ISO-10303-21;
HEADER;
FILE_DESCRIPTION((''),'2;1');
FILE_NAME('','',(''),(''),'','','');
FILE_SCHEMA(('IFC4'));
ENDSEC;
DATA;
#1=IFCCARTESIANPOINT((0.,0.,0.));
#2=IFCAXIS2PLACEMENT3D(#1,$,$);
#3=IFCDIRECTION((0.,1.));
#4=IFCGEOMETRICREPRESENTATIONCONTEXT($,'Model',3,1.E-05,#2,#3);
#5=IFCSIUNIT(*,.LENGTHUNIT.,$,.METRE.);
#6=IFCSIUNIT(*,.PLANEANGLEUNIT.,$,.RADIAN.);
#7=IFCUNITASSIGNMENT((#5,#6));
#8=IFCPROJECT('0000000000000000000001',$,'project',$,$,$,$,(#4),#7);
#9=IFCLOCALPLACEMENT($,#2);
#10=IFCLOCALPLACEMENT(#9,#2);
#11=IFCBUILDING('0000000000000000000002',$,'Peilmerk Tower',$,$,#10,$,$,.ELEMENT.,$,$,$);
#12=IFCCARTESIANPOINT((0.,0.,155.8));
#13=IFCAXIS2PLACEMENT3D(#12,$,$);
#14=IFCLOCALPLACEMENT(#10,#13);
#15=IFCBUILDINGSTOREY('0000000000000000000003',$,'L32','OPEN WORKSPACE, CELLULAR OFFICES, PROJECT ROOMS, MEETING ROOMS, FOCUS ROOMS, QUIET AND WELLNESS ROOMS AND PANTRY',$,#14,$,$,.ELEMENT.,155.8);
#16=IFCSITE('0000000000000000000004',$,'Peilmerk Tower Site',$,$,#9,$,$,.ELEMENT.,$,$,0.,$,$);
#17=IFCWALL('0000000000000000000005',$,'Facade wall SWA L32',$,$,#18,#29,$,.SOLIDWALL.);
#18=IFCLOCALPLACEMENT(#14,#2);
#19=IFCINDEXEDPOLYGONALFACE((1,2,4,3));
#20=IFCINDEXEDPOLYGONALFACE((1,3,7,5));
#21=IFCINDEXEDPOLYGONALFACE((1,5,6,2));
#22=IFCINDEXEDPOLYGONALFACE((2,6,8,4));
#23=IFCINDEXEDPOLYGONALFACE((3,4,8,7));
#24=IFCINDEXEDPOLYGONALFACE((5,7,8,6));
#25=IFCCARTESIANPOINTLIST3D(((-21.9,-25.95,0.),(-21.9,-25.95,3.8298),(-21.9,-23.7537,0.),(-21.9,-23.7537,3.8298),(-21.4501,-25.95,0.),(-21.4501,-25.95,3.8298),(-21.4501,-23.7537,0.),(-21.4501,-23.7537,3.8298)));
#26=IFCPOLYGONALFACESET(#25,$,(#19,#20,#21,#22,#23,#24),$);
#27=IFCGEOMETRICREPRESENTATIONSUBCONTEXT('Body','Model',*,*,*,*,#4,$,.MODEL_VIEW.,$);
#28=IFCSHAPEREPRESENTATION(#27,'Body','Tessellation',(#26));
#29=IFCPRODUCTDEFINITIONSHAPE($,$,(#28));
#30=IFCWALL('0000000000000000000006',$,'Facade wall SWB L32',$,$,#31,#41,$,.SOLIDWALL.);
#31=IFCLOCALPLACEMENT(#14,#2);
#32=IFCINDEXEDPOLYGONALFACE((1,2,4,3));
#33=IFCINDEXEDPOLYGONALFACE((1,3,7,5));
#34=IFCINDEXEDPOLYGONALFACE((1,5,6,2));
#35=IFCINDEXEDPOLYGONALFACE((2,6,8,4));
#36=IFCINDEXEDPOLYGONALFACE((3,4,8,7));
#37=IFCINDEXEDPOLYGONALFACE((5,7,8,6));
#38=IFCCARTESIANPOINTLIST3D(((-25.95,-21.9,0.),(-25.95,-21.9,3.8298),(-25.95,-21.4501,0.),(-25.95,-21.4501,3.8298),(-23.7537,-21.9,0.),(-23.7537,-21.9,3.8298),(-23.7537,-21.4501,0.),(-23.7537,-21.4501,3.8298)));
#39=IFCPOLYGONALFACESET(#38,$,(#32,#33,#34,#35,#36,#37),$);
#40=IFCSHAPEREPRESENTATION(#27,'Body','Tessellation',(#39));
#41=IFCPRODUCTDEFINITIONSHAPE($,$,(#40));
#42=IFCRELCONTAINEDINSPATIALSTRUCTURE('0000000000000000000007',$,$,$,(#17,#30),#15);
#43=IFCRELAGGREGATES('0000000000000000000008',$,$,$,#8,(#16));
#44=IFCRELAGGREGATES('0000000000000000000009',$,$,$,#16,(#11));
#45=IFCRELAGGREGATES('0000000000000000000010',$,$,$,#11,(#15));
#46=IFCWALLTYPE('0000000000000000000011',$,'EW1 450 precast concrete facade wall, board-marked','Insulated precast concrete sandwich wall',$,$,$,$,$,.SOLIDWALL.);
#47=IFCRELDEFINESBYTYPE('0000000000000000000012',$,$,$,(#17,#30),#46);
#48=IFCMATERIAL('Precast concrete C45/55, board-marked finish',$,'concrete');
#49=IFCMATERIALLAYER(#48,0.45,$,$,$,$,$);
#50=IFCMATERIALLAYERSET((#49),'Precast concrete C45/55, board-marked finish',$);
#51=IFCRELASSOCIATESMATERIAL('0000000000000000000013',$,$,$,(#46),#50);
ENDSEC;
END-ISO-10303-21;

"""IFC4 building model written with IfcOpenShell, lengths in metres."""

from ifc_helpers import new_model, si_unit, direction, frame, frame_2d, origin, place, context, subcontext, project, spatial, rectangle, extrude, material, layer, layer_set, type_object, element, save


model = new_model("IFC4")

# Units and contexts
model_context = context("Model", 3, precision=1e-05, world=origin(), true_north=direction((0.0, 1.0)))
body_context = subcontext(model_context, "Body", "Model", "MODEL_VIEW")
ifc_project = project(units=[si_unit("LENGTHUNIT", "METRE"), si_unit("PLANEANGLEUNIT", "RADIAN")], contexts=[model_context])

# Site, building, storey
site_placement = place(None, origin())
site = spatial("IfcSite", under=ifc_project, at=site_placement, Name="Peilmerk Tower Site", CompositionType="ELEMENT", RefElevation=0.0)
building_placement = place(site_placement, origin())
building = spatial("IfcBuilding", under=site, at=building_placement, Name="Peilmerk Tower", CompositionType="ELEMENT")
storey_placement = place(building_placement, frame((0.0, 0.0, 155.8)))
storey = spatial("IfcBuildingStorey", under=building, at=storey_placement, Name="L32", Description="OPEN WORKSPACE, CELLULAR OFFICES, PROJECT ROOMS, MEETING ROOMS, FOCUS ROOMS, QUIET AND WELLNESS ROOMS AND PANTRY", CompositionType="ELEMENT", Elevation=155.8)

# Shared definitions
ifc_material_1 = material(Name="Precast concrete C45/55, board-marked finish", Category="concrete")
ifc_layer_1 = layer(ifc_material_1, 0.45)
ifc_layer_set_1 = layer_set([ifc_layer_1], Name="Precast concrete C45/55, board-marked finish")
wall_type = type_object("IfcWallType", Name="EW1 450 precast concrete facade wall, board-marked", Description="Insulated precast concrete sandwich wall", PredefinedType="SOLIDWALL", material=ifc_layer_set_1)

# Walls
for number, where, z_axis, x_axis, name in (
    (1, (-21.675, -23.7537, 0.0), (0.0, 0.0, 1.0), (0.0, -1.0, 0.0), "Facade wall SWA L32"),
    (2, (-23.7537, -21.675, 0.0), (0.0, 0.0, 1.0), (-1.0, 0.0, 0.0), "Facade wall SWB L32"),
):
    element("IfcWall", number, at=place(storey_placement, frame(where, z_axis=z_axis, x_axis=x_axis)), inside=storey, type_object=wall_type, Name=name, PredefinedType="SOLIDWALL", context=body_context, shape_type="SweptSolid", body=[
        extrude(rectangle(XDim=2.1963, YDim=0.45, at=frame_2d((1.0981, 0.0))), origin(), (0.0, 0.0, 1.0), 3.8298),
    ])

save(model, "model.ifc")
